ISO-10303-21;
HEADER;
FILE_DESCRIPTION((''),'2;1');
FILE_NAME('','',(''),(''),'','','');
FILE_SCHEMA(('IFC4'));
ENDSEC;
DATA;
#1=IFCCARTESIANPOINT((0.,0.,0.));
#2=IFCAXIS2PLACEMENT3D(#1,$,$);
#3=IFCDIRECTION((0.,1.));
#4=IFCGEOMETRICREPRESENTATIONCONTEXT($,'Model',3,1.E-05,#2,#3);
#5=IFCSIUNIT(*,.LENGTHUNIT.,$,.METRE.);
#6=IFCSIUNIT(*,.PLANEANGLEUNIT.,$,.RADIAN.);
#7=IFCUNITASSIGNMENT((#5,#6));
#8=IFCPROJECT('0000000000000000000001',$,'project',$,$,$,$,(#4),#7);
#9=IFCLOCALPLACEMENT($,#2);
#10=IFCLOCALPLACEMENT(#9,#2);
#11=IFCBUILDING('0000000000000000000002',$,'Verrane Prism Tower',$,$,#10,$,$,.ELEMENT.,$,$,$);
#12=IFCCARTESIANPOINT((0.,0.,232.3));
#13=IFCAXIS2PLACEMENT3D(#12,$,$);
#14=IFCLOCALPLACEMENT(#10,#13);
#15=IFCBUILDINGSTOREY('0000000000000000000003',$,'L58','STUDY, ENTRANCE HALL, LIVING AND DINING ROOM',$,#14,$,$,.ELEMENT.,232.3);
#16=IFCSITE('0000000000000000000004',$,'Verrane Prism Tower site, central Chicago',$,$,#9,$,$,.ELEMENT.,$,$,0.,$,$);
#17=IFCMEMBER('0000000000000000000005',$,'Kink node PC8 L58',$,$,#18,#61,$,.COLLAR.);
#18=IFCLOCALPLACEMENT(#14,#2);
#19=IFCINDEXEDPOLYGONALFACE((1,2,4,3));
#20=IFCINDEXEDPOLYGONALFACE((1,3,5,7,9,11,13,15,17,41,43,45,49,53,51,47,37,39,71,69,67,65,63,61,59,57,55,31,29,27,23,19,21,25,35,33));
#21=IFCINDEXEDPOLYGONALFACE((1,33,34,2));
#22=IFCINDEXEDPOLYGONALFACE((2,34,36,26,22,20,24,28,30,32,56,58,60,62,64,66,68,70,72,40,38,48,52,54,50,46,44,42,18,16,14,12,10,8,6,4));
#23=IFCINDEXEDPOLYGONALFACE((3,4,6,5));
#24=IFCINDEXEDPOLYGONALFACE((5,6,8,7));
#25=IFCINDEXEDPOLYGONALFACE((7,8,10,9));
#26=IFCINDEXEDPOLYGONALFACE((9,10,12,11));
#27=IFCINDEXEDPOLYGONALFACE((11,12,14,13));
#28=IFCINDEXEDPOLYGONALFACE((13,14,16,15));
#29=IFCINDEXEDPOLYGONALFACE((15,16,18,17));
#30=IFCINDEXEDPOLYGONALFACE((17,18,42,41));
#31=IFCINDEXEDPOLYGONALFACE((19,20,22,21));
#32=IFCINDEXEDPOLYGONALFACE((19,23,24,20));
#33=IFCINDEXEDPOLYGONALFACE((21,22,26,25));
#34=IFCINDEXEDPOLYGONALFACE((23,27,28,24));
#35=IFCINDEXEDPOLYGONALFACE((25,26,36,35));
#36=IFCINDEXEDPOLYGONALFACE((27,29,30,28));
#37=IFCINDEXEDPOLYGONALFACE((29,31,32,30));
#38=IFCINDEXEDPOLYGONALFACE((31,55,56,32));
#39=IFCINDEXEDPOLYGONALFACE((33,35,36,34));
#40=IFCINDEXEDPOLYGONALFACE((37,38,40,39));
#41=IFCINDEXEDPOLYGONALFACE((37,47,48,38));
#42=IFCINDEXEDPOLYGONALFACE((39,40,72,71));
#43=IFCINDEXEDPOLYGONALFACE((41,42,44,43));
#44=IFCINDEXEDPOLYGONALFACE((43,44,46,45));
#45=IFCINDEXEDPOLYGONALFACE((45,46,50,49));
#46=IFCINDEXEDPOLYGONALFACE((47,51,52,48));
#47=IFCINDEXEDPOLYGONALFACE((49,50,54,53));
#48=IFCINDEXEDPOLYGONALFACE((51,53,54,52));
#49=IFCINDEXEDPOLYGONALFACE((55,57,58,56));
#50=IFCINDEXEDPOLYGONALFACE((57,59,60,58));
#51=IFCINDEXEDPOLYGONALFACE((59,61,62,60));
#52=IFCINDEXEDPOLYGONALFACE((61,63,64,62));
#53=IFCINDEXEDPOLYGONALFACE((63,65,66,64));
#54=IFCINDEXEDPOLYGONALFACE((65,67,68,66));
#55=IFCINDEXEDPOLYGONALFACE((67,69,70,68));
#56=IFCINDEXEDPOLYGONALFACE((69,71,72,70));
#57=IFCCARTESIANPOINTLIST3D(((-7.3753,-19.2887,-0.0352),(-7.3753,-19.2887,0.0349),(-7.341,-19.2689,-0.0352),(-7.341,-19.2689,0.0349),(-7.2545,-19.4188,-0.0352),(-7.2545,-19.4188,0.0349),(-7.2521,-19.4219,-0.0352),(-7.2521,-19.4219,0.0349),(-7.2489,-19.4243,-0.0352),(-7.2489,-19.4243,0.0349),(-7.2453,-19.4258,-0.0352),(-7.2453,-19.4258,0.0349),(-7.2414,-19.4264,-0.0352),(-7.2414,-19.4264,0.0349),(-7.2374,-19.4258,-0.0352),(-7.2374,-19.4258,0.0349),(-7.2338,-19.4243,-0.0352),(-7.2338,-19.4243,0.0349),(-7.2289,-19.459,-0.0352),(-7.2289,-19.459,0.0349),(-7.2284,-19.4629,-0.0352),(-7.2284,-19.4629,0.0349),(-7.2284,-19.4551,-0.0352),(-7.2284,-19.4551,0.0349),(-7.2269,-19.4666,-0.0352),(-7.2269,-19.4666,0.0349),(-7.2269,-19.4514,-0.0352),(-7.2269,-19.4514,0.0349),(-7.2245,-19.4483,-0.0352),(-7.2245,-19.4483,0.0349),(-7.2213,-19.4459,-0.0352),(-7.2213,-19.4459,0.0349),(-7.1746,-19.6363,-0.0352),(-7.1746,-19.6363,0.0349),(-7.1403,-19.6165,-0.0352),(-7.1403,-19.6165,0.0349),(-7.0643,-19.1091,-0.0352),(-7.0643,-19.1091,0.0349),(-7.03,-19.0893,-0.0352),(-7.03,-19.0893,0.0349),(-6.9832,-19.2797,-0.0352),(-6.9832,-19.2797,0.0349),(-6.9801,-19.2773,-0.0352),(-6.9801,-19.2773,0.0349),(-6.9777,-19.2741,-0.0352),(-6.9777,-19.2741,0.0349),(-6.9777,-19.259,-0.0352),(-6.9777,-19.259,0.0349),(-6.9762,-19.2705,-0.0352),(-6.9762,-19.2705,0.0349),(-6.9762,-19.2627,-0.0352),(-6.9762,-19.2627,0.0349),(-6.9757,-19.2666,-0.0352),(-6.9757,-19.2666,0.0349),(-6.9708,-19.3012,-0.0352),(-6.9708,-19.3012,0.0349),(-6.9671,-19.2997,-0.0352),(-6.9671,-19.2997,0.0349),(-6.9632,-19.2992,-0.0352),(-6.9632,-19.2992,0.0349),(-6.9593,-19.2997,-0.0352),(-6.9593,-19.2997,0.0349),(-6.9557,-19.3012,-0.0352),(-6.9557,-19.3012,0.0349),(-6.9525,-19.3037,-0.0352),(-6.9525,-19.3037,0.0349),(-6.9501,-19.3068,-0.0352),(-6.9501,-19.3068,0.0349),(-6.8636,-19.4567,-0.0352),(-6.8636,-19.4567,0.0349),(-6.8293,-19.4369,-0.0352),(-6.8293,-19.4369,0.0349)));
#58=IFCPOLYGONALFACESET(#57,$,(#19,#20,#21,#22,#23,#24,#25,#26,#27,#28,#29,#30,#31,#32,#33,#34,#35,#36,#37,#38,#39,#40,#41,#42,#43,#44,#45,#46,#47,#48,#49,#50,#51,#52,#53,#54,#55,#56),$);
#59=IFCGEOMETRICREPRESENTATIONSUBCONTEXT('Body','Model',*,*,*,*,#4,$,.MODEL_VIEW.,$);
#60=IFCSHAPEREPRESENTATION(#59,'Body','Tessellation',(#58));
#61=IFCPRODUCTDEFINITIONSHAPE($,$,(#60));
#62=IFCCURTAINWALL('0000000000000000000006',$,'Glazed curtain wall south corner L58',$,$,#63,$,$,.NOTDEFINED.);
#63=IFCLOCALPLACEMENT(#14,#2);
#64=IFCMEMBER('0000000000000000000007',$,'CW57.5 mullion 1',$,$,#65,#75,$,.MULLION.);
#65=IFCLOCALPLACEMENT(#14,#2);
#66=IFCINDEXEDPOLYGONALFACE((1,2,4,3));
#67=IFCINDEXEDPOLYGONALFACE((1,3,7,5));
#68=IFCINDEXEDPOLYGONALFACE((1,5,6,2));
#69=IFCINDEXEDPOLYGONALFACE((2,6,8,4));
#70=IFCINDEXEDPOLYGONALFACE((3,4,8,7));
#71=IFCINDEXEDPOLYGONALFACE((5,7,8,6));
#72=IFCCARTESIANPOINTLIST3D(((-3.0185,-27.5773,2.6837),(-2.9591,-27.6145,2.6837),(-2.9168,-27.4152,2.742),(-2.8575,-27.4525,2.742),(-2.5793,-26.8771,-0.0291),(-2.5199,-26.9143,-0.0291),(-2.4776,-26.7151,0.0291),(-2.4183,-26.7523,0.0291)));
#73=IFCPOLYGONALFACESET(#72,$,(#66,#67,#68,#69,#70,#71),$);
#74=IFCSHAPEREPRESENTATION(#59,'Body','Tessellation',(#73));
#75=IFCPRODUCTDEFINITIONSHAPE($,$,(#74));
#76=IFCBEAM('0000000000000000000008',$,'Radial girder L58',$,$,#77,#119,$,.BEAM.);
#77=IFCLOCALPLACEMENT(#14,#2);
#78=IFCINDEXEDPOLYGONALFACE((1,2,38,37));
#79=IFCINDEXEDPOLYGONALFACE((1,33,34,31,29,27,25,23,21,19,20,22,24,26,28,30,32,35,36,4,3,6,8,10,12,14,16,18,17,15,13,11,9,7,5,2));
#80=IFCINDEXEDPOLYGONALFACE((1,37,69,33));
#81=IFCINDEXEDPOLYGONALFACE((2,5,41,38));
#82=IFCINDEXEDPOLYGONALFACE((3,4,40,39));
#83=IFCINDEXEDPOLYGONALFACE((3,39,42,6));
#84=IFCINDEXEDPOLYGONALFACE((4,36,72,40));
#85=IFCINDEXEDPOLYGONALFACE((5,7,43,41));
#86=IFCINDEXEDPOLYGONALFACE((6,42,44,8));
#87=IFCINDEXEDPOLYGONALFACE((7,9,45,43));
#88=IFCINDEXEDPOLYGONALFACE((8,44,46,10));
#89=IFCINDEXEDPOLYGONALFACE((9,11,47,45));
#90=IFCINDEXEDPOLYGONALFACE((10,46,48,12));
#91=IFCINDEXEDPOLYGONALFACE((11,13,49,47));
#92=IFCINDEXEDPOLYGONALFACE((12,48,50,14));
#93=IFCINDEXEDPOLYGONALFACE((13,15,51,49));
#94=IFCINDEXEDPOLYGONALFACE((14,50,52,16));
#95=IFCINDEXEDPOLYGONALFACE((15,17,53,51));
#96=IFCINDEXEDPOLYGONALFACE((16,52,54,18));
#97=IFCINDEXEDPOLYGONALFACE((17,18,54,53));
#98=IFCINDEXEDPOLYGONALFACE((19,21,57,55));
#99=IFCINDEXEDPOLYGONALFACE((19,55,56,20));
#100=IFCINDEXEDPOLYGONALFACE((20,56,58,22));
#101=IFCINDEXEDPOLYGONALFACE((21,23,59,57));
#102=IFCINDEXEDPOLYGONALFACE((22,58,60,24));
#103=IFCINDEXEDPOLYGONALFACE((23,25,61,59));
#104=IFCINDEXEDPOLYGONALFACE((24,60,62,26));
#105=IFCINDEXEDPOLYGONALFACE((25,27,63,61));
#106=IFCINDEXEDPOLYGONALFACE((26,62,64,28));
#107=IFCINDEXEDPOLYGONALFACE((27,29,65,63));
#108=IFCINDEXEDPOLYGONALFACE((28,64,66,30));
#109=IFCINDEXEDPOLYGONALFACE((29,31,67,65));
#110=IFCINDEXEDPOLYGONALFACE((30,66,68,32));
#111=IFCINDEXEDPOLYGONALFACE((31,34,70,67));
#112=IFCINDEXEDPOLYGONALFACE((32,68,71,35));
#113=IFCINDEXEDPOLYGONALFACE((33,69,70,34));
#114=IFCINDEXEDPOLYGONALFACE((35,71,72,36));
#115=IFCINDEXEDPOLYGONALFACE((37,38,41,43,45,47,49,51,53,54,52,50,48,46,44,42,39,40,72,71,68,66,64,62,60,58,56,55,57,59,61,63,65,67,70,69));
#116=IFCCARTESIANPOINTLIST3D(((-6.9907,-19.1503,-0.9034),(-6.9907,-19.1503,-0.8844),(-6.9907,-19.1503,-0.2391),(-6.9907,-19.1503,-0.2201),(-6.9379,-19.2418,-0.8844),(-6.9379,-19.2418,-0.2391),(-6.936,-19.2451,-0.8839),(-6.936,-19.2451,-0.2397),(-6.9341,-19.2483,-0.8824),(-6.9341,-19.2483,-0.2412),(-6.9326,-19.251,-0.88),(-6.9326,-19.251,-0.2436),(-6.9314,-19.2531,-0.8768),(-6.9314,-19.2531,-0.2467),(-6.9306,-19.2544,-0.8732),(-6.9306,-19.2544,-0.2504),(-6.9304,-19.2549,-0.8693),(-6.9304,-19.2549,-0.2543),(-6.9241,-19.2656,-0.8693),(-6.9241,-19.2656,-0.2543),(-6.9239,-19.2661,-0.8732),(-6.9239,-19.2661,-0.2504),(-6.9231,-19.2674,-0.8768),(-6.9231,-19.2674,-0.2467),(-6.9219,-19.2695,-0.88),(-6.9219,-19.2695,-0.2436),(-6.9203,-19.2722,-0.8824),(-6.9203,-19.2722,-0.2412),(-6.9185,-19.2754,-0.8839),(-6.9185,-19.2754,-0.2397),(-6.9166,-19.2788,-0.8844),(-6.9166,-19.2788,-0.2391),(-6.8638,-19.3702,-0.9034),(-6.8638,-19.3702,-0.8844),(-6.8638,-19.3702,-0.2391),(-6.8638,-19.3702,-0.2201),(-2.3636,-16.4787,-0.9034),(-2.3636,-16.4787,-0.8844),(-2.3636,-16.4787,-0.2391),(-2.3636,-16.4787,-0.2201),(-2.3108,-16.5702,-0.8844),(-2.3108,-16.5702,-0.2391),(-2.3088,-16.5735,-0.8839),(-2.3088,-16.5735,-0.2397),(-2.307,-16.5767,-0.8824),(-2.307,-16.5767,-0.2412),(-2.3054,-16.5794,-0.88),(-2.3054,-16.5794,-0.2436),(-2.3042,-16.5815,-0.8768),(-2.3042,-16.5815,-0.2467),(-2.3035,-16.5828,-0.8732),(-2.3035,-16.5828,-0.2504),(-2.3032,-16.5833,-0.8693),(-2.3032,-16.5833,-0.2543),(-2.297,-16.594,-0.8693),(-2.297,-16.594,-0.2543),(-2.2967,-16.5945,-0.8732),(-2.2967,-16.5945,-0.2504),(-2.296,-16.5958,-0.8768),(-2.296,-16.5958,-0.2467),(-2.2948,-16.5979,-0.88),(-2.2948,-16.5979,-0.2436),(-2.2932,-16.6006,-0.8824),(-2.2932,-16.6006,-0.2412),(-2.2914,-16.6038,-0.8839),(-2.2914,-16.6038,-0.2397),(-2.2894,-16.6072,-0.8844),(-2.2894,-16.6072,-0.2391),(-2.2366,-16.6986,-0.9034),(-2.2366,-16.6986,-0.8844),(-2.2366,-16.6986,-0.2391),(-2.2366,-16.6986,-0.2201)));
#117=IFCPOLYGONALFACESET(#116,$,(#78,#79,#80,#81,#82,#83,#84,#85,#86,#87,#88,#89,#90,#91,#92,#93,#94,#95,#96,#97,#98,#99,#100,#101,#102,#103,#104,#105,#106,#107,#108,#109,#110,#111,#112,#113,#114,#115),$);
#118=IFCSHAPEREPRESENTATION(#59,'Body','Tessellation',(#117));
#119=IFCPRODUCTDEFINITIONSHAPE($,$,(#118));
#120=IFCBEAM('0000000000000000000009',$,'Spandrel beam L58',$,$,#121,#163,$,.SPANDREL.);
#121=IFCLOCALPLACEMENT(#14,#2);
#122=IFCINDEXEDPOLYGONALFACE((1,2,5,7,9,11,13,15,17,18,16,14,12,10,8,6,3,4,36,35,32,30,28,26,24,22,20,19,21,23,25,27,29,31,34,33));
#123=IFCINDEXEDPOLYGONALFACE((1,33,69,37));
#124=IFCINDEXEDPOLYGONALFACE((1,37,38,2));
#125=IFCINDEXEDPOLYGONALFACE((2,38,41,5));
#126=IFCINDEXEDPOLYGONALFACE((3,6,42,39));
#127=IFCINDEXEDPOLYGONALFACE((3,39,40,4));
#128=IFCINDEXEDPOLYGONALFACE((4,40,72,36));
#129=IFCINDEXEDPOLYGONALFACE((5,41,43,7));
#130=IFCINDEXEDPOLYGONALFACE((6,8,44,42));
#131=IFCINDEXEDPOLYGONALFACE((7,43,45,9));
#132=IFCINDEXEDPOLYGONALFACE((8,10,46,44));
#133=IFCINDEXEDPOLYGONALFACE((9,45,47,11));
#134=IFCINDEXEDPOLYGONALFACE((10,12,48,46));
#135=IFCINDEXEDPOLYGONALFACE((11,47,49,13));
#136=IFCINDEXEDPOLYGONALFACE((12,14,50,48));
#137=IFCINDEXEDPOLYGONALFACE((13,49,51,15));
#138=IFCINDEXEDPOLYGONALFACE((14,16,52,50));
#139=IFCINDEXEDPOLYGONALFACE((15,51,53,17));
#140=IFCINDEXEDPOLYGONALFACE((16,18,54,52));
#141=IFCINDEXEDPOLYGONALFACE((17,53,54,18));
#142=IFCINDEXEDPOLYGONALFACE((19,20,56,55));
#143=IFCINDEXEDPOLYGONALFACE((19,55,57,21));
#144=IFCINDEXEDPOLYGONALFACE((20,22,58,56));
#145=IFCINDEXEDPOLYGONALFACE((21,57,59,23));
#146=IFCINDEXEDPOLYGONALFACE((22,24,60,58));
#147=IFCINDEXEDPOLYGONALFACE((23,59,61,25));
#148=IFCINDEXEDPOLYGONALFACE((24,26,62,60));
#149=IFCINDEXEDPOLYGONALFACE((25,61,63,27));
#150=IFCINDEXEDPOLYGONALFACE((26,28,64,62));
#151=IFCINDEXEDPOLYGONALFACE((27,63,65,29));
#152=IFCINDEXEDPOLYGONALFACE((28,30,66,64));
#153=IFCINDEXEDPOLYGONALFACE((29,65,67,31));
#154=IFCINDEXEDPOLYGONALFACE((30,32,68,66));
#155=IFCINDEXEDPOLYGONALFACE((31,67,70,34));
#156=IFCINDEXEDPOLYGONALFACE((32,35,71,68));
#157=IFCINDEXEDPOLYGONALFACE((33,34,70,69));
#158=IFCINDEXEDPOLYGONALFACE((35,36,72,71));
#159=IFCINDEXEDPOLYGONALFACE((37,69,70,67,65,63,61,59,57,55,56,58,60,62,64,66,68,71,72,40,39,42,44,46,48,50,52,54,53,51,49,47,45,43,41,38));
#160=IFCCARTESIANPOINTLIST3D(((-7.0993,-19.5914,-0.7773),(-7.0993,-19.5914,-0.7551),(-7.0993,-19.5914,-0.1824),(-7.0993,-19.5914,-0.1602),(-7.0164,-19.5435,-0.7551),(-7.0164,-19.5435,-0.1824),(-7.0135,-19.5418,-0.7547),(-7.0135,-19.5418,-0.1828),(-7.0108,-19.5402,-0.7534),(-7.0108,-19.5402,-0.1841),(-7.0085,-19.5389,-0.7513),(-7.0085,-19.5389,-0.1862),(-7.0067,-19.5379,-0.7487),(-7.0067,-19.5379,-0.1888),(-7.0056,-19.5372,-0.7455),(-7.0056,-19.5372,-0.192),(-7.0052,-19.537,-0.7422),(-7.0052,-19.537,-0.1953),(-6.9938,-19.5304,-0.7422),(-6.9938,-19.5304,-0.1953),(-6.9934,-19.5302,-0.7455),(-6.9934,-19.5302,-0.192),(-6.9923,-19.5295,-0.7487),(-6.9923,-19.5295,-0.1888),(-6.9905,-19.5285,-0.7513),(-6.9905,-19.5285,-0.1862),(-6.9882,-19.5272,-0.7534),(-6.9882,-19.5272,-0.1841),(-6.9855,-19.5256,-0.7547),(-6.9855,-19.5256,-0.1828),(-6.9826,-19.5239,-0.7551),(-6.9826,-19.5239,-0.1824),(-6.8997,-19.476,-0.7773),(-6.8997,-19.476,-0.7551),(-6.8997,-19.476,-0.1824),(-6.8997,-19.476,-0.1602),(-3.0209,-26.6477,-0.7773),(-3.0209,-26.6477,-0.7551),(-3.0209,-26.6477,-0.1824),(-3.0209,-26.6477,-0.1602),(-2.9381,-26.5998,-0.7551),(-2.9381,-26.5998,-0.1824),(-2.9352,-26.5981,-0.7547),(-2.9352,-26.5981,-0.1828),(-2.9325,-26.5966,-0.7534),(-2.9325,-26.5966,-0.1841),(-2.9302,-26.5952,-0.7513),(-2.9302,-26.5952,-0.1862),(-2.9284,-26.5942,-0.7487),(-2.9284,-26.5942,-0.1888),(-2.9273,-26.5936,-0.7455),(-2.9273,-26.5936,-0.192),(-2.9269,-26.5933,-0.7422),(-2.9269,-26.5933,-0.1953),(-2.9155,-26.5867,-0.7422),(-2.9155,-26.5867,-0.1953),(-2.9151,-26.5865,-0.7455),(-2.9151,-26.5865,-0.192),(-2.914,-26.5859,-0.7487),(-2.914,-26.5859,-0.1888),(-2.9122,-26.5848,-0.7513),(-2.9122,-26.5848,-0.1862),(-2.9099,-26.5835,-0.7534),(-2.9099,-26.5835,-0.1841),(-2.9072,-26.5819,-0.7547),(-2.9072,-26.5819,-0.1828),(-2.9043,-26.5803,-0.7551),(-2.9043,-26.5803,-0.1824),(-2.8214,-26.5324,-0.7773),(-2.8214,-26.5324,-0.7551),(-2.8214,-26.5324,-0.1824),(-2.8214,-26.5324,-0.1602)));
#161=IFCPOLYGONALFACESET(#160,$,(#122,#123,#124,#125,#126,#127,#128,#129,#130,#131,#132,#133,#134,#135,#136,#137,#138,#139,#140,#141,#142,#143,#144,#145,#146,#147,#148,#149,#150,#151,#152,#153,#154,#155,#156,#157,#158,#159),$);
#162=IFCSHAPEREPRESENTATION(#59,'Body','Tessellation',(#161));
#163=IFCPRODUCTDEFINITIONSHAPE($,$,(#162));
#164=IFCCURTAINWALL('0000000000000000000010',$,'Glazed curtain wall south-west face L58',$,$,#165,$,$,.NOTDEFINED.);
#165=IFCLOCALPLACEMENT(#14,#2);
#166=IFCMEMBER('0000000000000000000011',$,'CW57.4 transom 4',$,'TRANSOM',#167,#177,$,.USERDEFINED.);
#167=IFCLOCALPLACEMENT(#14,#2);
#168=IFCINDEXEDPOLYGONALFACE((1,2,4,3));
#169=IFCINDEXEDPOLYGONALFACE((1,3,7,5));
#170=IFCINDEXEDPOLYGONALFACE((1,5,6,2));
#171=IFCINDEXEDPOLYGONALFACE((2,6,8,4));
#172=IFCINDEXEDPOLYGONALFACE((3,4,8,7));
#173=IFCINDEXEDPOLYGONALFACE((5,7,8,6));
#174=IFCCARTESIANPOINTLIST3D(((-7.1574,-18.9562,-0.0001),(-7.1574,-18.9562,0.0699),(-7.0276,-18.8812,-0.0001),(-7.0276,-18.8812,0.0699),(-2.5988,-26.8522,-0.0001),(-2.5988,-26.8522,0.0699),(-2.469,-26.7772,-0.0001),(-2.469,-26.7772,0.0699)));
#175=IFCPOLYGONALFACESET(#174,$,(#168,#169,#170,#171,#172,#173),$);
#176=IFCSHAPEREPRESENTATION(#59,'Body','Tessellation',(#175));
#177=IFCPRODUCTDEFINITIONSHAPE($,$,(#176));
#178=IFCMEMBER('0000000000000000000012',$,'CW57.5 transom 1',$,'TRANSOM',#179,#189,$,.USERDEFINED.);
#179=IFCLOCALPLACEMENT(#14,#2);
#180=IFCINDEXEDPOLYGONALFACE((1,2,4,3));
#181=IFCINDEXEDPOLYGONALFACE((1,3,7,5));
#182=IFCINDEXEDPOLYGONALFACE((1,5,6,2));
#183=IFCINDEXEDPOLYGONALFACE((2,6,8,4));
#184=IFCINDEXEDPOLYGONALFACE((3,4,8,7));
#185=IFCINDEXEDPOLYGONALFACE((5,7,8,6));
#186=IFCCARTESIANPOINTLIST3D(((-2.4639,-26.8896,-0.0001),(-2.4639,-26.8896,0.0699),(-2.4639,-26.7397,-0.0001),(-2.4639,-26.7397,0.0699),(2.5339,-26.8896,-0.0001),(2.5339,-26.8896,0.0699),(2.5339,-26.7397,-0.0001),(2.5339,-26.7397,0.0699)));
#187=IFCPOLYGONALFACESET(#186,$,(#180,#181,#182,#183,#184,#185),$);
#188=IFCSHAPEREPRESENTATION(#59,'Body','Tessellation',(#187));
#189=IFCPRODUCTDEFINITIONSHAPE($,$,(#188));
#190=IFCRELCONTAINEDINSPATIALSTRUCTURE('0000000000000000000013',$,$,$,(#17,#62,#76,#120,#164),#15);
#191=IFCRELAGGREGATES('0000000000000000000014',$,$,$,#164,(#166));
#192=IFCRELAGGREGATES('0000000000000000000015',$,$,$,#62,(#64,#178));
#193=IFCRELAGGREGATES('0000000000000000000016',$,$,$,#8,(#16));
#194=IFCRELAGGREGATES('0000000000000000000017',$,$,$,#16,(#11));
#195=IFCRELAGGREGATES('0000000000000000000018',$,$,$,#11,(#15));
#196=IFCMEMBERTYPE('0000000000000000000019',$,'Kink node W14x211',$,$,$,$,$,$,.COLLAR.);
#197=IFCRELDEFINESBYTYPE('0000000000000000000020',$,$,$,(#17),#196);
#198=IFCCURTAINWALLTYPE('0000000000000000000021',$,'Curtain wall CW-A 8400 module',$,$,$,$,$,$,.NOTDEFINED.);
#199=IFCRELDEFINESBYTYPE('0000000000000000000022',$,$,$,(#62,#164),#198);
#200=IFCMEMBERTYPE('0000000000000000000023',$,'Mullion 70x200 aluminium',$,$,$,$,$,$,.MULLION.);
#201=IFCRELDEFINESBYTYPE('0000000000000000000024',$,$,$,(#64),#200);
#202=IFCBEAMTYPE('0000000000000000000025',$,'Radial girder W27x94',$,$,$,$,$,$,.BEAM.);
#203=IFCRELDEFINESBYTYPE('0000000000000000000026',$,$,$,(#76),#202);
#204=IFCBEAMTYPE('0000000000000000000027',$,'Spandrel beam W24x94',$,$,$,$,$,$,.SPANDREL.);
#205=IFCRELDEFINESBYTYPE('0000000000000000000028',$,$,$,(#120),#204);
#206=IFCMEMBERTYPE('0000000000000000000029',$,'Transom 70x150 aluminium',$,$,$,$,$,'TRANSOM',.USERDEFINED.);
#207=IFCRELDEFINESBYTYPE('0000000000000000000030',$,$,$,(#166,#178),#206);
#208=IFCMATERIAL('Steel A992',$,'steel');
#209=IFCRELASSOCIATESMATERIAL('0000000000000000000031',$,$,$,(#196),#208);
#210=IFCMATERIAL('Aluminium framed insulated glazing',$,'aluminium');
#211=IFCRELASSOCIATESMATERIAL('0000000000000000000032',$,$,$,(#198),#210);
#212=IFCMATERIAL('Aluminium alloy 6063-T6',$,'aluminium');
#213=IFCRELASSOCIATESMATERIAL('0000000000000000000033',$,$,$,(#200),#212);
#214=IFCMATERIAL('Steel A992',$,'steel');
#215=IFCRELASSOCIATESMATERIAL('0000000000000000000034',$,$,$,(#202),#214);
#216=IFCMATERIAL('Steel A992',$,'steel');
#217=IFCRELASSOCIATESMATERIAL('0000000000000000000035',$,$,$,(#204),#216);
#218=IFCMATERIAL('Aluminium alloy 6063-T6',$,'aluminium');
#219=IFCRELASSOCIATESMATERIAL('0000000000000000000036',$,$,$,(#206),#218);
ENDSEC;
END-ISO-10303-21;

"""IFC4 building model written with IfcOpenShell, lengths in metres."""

from ifc_helpers import new_model, si_unit, direction, frame, origin, origin_2d, place, context, subcontext, project, spatial, rectangle, i_section, extrude, material, material_profile, profile_set, type_object, element, aggregate, save


model = new_model("IFC4")

# Units and contexts
model_context = context("Model", 3, precision=1e-05, world=origin(), true_north=direction((0.0, 1.0)))
body_context = subcontext(model_context, "Body", "Model", "MODEL_VIEW")
ifc_project = project(units=[si_unit("LENGTHUNIT", "METRE"), si_unit("PLANEANGLEUNIT", "RADIAN")], contexts=[model_context])

# Site, building, storey
site_placement = place(None, origin())
site = spatial("IfcSite", under=ifc_project, at=site_placement, Name="Verrane Prism Tower site, central Chicago", CompositionType="ELEMENT", RefElevation=0.0)
building_placement = place(site_placement, origin())
building = spatial("IfcBuilding", under=site, at=building_placement, Name="Verrane Prism Tower", CompositionType="ELEMENT")
storey_placement = place(building_placement, frame((0.0, 0.0, 232.3)))
storey = spatial("IfcBuildingStorey", under=building, at=storey_placement, Name="L58", Description="STUDY, ENTRANCE HALL, LIVING AND DINING ROOM", CompositionType="ELEMENT", Elevation=232.3)

# Member
ifc_material_1 = material(Name="Steel A992", Category="steel")
ifc_material_profile_1 = material_profile(ifc_material_1, i_section(OverallWidth=0.4014, OverallDepth=0.3987, WebThickness=0.0249, FlangeThickness=0.0396, FilletRadius=0.0151, at=origin_2d()), Name="W14x211")
ifc_profile_set_1 = profile_set([ifc_material_profile_1], Name="Steel A992")
member_type_1 = type_object("IfcMemberType", Name="Kink node W14x211", PredefinedType="COLLAR", material=ifc_profile_set_1)
member_1_placement = place(storey_placement, frame((-7.1023, -19.3628, -0.0352), z_axis=(0.0, 0.0, 1.0), x_axis=(-0.5, 0.866025, 0.0)))
element("IfcMember", 1, at=member_1_placement, inside=storey, type_object=member_type_1, Name="Kink node PC8 L58", PredefinedType="COLLAR", context=body_context, shape_type="SweptSolid", body=[
    extrude(i_section(OverallWidth=0.4014, OverallDepth=0.3987, WebThickness=0.0249, FlangeThickness=0.0396, FilletRadius=0.0151, at=origin_2d()), origin(), (0.0, 0.0, 1.0), 0.0701),
])

# Curtain wall, member
ifc_material_2 = material(Name="Aluminium framed insulated glazing", Category="aluminium")
curtain_wall_type = type_object("IfcCurtainWallType", Name="Curtain wall CW-A 8400 module", PredefinedType="NOTDEFINED", material=ifc_material_2)
curtain_wall_1_placement = place(storey_placement, origin())
curtain_wall_1 = element("IfcCurtainWall", 2, at=curtain_wall_1_placement, inside=storey, type_object=curtain_wall_type, Name="Glazed curtain wall south corner L58", PredefinedType="NOTDEFINED")
ifc_material_3 = material(Name="Aluminium alloy 6063-T6", Category="aluminium")
ifc_material_profile_2 = material_profile(ifc_material_3, rectangle(XDim=0.2, YDim=0.0701, at=origin_2d()), Name="Mullion 70x200 aluminium")
ifc_profile_set_2 = profile_set([ifc_material_profile_2], Name="Aluminium alloy 6063-T6")
member_type_2 = type_object("IfcMemberType", Name="Mullion 70x200 aluminium", PredefinedType="MULLION", material=ifc_profile_set_2)
member_2_placement = place(storey_placement, frame((-2.4988, -26.8147, 0.0), z_axis=(-0.154869, -0.246895, 0.956587), x_axis=(0.50831, 0.810358, 0.291447)))
member_2 = element("IfcMember", 3, at=member_2_placement, type_object=member_type_2, Name="CW57.5 mullion 1", PredefinedType="MULLION", context=body_context, shape_type="SweptSolid", body=[
    extrude(rectangle(XDim=0.2, YDim=0.0701, at=origin_2d()), origin(), (0.0, 0.0, 1.0), 2.8359),
])

# Beams
ifc_material_4 = material(Name="Steel A992", Category="steel")
ifc_material_profile_3 = material_profile(ifc_material_4, i_section(OverallWidth=0.2539, OverallDepth=0.6833, WebThickness=0.0125, FlangeThickness=0.019, FilletRadius=0.0151, at=origin_2d()), Name="W27x94")
ifc_profile_set_3 = profile_set([ifc_material_profile_3], Name="Steel A992")
beam_type_1 = type_object("IfcBeamType", Name="Radial girder W27x94", PredefinedType="BEAM", material=ifc_profile_set_3)
beam_1_placement = place(storey_placement, frame((-6.9272, -19.2603, -0.5618), z_axis=(0.866016, 0.500016, 0.0), x_axis=(-0.500016, 0.866016, 0.0)))
element("IfcBeam", 4, at=beam_1_placement, inside=storey, type_object=beam_type_1, Name="Radial girder L58", PredefinedType="BEAM", context=body_context, shape_type="SweptSolid", body=[
    extrude(i_section(OverallWidth=0.2539, OverallDepth=0.6833, WebThickness=0.0125, FlangeThickness=0.019, FilletRadius=0.0151, at=origin_2d()), origin(), (0.0, 0.0, 1.0), 5.343),
])
ifc_material_5 = material(Name="Steel A992", Category="steel")
ifc_material_profile_4 = material_profile(ifc_material_5, i_section(OverallWidth=0.2305, OverallDepth=0.6172, WebThickness=0.0132, FlangeThickness=0.0222, FilletRadius=0.0129, at=origin_2d()), Name="W24x94")
ifc_profile_set_4 = profile_set([ifc_material_profile_4], Name="Steel A992")
beam_type_2 = type_object("IfcBeamType", Name="Spandrel beam W24x94", PredefinedType="SPANDREL", material=ifc_profile_set_4)
beam_2_placement = place(storey_placement, frame((-6.9995, -19.5337, -0.4688), z_axis=(0.500401, -0.865794, 0.0), x_axis=(0.865794, 0.500401, 0.0)))
element("IfcBeam", 5, at=beam_2_placement, inside=storey, type_object=beam_type_2, Name="Spandrel beam L58", PredefinedType="SPANDREL", context=body_context, shape_type="SweptSolid", body=[
    extrude(i_section(OverallWidth=0.2305, OverallDepth=0.6172, WebThickness=0.0132, FlangeThickness=0.0222, FilletRadius=0.0129, at=origin_2d()), origin(), (0.0, 0.0, 1.0), 8.1501),
])

# Curtain wall, member
curtain_wall_2_placement = place(storey_placement, origin())
curtain_wall_2 = element("IfcCurtainWall", 6, at=curtain_wall_2_placement, inside=storey, type_object=curtain_wall_type, Name="Glazed curtain wall south-west face L58", PredefinedType="NOTDEFINED")
ifc_material_6 = material(Name="Aluminium alloy 6063-T6", Category="aluminium")
ifc_material_profile_5 = material_profile(ifc_material_6, rectangle(XDim=0.1499, YDim=0.0701, at=origin_2d()), Name="Transom 70x150 aluminium")
ifc_profile_set_5 = profile_set([ifc_material_profile_5], Name="Aluminium alloy 6063-T6")
member_type_3 = type_object("IfcMemberType", Name="Transom 70x150 aluminium", ElementType="TRANSOM", PredefinedType="USERDEFINED", material=ifc_profile_set_5)
member_3_placement = place(storey_placement, frame((-7.0925, -18.9187, 0.0349), z_axis=(0.499987, -0.866033, 0.0), x_axis=(0.866033, 0.499987, 0.0)))
member_3 = element("IfcMember", 7, at=member_3_placement, type_object=member_type_3, Name="CW57.4 transom 4", ObjectType="TRANSOM", PredefinedType="USERDEFINED", context=body_context, shape_type="SweptSolid", body=[
    extrude(rectangle(XDim=0.1499, YDim=0.0701, at=origin_2d()), origin(), (0.0, 0.0, 1.0), 9.1174),
])

# Member
member_4_placement = place(storey_placement, frame((-2.4639, -26.8147, 0.0349), z_axis=(1.0, 0.0, 0.0), x_axis=(0.0, 1.0, 0.0)))
member_4 = element("IfcMember", 8, at=member_4_placement, type_object=member_type_3, Name="CW57.5 transom 1", ObjectType="TRANSOM", PredefinedType="USERDEFINED", context=body_context, shape_type="SweptSolid", body=[
    extrude(rectangle(XDim=0.1499, YDim=0.0701, at=origin_2d()), origin(), (0.0, 0.0, 1.0), 4.9978),
])

aggregate(curtain_wall_2, [member_3])
aggregate(curtain_wall_1, [member_2, member_4])

save(model, "model.ifc")
